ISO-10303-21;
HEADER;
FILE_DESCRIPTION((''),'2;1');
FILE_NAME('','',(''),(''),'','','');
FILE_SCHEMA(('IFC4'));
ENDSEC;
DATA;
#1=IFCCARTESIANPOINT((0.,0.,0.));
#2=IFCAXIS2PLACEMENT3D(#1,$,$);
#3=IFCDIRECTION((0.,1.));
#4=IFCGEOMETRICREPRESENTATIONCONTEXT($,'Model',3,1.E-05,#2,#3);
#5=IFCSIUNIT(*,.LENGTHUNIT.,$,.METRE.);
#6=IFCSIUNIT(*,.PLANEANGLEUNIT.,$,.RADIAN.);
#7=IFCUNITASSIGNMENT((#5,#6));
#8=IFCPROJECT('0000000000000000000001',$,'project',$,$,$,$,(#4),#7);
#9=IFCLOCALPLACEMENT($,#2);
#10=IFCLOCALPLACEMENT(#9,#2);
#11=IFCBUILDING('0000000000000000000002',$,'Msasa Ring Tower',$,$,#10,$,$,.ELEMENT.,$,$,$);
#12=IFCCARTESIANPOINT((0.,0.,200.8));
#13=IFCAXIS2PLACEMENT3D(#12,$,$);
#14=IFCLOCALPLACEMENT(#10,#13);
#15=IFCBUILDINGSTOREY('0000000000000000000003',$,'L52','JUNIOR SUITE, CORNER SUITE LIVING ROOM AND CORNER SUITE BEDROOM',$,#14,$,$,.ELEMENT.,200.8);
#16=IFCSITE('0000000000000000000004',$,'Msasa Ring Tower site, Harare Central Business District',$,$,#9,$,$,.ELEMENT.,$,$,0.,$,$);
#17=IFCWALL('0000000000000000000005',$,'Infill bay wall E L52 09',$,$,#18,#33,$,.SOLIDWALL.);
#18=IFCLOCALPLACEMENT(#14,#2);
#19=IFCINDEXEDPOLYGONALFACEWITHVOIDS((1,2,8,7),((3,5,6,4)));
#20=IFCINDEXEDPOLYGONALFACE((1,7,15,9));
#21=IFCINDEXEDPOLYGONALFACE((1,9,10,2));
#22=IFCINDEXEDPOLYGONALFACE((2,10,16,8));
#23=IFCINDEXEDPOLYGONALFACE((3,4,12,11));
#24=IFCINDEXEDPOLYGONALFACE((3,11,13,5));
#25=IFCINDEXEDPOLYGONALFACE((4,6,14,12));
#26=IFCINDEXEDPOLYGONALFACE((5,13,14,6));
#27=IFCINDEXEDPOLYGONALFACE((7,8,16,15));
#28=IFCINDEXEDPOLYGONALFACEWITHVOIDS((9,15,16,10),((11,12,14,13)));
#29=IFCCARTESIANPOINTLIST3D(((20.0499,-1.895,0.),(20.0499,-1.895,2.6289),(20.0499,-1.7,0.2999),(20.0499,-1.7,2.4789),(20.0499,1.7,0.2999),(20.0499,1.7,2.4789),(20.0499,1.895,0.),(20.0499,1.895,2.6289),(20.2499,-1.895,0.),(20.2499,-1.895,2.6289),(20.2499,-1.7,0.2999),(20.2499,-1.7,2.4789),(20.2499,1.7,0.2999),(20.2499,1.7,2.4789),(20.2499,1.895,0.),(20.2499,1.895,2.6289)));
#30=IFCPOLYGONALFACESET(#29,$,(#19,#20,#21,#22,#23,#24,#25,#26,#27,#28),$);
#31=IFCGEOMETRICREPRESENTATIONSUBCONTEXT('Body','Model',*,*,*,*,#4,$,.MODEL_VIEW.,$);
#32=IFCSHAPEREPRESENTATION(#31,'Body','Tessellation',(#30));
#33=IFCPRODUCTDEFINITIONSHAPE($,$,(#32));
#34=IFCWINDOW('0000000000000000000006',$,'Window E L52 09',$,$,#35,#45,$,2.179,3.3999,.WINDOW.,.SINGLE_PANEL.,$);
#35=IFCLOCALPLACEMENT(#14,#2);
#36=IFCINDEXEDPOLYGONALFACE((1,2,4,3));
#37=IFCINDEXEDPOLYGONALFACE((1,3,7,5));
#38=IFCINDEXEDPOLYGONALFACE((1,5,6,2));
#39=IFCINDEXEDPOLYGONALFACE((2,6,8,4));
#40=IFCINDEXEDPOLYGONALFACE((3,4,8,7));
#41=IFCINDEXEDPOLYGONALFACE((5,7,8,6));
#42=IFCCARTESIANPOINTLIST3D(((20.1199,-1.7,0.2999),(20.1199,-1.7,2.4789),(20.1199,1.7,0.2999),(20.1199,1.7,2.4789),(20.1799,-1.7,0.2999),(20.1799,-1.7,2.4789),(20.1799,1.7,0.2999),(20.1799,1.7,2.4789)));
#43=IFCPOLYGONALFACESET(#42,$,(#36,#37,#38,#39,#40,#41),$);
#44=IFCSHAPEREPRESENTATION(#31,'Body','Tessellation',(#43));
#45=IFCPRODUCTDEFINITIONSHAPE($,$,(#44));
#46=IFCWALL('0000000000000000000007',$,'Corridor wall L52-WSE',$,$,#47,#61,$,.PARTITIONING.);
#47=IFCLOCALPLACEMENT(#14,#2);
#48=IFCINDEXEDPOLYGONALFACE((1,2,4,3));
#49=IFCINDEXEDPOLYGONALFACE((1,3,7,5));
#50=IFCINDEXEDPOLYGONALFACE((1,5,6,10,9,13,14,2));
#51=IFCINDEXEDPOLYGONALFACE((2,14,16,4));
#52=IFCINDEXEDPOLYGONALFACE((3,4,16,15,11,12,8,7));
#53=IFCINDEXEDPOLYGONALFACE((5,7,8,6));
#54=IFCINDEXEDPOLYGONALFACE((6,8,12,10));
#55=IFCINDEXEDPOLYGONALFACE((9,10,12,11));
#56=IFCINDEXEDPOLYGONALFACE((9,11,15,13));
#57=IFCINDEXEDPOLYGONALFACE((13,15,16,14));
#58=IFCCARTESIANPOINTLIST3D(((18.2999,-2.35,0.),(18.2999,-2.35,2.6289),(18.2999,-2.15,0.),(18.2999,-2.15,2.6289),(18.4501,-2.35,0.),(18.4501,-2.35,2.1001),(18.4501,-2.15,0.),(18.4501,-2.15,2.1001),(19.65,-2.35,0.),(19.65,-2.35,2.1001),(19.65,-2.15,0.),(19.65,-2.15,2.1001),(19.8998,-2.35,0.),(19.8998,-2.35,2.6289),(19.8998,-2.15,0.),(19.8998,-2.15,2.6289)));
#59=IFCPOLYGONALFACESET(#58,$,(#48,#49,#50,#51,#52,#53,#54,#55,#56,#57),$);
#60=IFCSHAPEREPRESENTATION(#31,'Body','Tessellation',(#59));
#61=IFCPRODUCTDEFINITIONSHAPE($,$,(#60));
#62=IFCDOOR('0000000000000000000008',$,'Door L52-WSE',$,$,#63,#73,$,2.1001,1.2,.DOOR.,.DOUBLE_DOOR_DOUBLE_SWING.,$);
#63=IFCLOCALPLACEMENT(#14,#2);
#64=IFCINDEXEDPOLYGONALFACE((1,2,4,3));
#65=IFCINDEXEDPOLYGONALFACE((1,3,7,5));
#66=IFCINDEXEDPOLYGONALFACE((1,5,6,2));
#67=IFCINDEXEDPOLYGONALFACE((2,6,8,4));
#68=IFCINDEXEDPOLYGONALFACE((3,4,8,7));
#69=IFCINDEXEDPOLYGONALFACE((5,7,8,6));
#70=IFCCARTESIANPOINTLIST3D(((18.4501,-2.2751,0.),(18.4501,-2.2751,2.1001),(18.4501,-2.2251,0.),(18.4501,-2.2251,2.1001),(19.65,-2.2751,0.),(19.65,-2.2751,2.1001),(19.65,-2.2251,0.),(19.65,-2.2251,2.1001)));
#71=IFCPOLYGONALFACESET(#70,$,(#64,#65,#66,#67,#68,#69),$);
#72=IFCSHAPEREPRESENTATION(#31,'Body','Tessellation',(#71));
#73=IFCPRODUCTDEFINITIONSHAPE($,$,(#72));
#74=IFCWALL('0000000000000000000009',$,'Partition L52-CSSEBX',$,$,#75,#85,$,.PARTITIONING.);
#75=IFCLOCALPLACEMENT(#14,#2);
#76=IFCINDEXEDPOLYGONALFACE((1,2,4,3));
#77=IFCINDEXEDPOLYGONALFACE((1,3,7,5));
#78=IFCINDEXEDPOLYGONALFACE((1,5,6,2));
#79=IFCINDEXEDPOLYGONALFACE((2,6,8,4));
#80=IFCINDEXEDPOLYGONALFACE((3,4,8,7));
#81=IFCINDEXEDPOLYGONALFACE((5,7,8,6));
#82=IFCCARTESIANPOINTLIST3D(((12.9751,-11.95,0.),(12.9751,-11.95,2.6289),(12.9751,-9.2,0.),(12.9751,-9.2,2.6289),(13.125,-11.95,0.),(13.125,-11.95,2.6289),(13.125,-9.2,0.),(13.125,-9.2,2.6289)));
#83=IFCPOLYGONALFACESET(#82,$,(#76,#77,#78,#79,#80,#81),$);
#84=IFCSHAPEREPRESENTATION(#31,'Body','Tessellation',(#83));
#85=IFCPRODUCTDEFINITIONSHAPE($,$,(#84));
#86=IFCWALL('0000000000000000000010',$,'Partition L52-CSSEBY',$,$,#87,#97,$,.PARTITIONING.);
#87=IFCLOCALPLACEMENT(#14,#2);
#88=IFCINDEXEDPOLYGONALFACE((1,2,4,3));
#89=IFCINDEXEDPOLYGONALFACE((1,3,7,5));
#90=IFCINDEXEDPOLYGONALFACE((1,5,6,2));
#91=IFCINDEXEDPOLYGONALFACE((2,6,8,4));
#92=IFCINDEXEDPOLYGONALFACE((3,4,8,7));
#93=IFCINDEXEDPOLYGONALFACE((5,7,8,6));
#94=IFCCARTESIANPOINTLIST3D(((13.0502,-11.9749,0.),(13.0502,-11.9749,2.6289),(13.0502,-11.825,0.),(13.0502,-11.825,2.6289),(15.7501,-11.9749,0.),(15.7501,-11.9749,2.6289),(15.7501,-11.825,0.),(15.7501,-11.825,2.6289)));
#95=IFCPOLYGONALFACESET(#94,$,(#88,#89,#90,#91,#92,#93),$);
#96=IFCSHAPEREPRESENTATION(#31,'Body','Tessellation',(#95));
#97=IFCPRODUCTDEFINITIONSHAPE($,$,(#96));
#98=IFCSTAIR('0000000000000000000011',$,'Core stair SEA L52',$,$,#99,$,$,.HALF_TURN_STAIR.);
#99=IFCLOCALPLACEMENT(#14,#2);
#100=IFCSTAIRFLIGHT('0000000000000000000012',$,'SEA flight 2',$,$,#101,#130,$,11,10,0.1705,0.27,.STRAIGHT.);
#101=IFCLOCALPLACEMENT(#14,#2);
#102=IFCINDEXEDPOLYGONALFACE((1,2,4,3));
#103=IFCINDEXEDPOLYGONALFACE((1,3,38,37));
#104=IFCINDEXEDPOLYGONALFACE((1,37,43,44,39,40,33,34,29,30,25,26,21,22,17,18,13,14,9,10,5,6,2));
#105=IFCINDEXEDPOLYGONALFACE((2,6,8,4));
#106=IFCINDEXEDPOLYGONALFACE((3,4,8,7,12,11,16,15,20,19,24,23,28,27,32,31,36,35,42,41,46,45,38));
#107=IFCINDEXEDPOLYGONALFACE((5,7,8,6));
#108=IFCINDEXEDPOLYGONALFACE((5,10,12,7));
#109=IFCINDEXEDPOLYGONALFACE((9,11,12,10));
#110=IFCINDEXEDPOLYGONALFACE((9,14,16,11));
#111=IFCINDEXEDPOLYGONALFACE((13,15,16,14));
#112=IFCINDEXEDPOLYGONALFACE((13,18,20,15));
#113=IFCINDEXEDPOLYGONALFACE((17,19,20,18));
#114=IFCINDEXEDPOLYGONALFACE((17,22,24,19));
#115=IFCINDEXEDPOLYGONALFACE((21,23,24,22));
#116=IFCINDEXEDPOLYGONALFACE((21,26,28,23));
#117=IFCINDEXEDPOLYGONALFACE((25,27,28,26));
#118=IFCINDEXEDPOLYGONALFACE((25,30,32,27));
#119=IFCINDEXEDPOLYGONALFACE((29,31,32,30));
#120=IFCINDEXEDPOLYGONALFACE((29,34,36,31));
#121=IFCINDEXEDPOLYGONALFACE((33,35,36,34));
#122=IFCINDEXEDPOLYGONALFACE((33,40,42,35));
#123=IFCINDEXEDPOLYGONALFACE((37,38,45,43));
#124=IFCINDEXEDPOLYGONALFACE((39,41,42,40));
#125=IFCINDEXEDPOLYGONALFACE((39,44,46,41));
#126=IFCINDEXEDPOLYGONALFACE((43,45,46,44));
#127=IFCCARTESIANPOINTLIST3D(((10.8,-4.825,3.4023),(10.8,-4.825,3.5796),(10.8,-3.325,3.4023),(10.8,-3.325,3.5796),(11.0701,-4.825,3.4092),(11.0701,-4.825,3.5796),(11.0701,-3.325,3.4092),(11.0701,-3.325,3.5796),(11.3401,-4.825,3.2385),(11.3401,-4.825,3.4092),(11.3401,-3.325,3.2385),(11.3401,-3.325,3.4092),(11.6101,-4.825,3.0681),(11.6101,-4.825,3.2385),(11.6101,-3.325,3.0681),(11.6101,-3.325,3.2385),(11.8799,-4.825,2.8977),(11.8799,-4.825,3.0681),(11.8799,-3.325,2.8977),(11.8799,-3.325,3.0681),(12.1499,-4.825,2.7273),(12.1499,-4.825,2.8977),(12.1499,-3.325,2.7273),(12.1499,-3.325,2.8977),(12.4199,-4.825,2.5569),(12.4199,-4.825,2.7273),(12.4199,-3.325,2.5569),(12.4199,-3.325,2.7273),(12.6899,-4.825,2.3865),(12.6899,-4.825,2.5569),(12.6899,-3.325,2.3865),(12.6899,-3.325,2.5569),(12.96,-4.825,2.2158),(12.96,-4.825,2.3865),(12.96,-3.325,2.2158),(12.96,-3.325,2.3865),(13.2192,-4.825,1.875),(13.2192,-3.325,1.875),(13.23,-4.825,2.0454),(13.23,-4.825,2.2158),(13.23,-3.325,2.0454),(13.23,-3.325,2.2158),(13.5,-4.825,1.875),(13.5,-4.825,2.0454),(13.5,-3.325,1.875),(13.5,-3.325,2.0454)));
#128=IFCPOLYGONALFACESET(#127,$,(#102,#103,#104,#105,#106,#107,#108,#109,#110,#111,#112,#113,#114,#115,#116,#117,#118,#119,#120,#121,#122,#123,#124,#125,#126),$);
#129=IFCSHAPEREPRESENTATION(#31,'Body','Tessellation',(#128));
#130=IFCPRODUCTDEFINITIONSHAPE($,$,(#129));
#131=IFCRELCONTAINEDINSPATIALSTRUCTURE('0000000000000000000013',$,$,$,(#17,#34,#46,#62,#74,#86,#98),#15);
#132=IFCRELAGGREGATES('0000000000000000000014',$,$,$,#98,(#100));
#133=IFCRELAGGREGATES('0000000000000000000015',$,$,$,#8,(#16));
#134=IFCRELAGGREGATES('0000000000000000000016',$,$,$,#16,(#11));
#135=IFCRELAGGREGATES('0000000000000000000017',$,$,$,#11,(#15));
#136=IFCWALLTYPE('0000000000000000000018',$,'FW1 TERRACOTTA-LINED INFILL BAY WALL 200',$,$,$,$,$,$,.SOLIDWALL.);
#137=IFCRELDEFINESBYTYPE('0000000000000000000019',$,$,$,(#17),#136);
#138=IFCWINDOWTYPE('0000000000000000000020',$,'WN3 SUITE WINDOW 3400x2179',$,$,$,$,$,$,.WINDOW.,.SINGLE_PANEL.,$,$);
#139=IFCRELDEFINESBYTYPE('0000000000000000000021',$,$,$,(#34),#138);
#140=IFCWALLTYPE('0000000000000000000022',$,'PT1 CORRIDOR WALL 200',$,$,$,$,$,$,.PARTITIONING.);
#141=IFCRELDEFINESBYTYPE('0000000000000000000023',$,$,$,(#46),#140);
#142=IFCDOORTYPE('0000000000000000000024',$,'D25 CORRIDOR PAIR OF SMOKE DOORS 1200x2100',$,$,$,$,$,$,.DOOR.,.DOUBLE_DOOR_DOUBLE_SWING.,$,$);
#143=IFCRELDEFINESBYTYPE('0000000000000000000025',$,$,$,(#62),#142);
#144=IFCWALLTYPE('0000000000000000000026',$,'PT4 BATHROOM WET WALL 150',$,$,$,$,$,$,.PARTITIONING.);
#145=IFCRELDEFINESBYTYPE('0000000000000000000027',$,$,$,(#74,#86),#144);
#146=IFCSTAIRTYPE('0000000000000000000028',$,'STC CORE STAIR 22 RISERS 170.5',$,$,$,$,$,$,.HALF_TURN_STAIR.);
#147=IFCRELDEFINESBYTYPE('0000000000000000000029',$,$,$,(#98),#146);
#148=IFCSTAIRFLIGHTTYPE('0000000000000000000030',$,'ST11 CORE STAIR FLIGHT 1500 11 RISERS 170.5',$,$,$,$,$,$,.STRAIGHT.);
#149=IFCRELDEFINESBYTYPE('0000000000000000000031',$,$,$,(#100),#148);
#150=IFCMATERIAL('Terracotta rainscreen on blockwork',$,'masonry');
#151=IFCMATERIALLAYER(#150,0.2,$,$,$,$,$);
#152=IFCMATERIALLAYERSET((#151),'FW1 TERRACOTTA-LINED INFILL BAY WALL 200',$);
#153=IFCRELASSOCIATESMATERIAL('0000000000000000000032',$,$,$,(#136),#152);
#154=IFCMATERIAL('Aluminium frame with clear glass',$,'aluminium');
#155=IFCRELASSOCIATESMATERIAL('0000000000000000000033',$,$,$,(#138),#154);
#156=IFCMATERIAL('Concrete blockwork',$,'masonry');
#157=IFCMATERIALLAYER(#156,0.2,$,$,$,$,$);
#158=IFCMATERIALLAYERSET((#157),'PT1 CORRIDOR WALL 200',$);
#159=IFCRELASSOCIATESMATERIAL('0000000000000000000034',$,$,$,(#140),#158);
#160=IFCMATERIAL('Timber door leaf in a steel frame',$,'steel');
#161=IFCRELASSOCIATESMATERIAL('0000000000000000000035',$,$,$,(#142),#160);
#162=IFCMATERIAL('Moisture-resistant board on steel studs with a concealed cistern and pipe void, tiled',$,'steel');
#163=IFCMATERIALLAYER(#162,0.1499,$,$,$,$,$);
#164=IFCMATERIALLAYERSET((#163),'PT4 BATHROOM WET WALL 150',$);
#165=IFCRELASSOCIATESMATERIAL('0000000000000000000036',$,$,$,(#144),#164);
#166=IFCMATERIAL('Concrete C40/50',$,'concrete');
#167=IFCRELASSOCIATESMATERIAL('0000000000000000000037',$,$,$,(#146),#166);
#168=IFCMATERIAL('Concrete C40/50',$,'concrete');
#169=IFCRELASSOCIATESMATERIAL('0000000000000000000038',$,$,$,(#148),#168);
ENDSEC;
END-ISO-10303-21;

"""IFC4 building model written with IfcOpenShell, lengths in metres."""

from ifc_helpers import new_model, si_unit, direction, frame, frame_2d, origin, place, context, subcontext, project, spatial, polyline, rectangle, outline, extrude, material, layer, layer_set, type_object, element, fill, aggregate, save


model = new_model("IFC4")

# Units and contexts
model_context = context("Model", 3, precision=1e-05, world=origin(), true_north=direction((0.0, 1.0)))
body_context = subcontext(model_context, "Body", "Model", "MODEL_VIEW")
ifc_project = project(units=[si_unit("LENGTHUNIT", "METRE"), si_unit("PLANEANGLEUNIT", "RADIAN")], contexts=[model_context])

# Site, building, storey
site_placement = place(None, origin())
site = spatial("IfcSite", under=ifc_project, at=site_placement, Name="Msasa Ring Tower site, Harare Central Business District", CompositionType="ELEMENT", RefElevation=0.0)
building_placement = place(site_placement, origin())
building = spatial("IfcBuilding", under=site, at=building_placement, Name="Msasa Ring Tower", CompositionType="ELEMENT")
storey_placement = place(building_placement, frame((0.0, 0.0, 200.8)))
storey = spatial("IfcBuildingStorey", under=building, at=storey_placement, Name="L52", Description="JUNIOR SUITE, CORNER SUITE LIVING ROOM AND CORNER SUITE BEDROOM", CompositionType="ELEMENT", Elevation=200.8)

# Wall, opening, window
ifc_material_1 = material(Name="Terracotta rainscreen on blockwork", Category="masonry")
ifc_layer_1 = layer(ifc_material_1, 0.2)
ifc_layer_set_1 = layer_set([ifc_layer_1], Name="FW1 TERRACOTTA-LINED INFILL BAY WALL 200")
wall_type_1 = type_object("IfcWallType", Name="FW1 TERRACOTTA-LINED INFILL BAY WALL 200", PredefinedType="SOLIDWALL", material=ifc_layer_set_1)
ifc_material_2 = material(Name="Aluminium frame with clear glass", Category="aluminium")
window_type = type_object("IfcWindowType", Name="WN3 SUITE WINDOW 3400x2179", PartitioningType="SINGLE_PANEL", PredefinedType="WINDOW", material=ifc_material_2)
wall_1_placement = place(storey_placement, frame((20.1499, -1.895, 0.0), z_axis=(0.0, 0.0, 1.0), x_axis=(0.0, 1.0, 0.0)))
wall_1 = element("IfcWall", 1, at=wall_1_placement, inside=storey, type_object=wall_type_1, Name="Infill bay wall E L52 09", PredefinedType="SOLIDWALL", context=body_context, shape_type="SweptSolid", body=[
    extrude(rectangle(XDim=3.79, YDim=0.2, at=frame_2d((1.895, 0.0))), origin(), (0.0, 0.0, 1.0), 2.6289),
])
opening_1_placement = place(wall_1_placement, frame((0.1951, 0.0, 0.3)))
opening_1 = element("IfcOpeningElement", 2, at=opening_1_placement, cuts=wall_1, PredefinedType="OPENING", context=body_context, shape_type="SweptSolid", body=[
    extrude(rectangle(XDim=3.3999, YDim=2.179, at=frame_2d((1.7, 1.0894))), frame((0.0, 0.1099, 0.0), z_axis=(0.0, -1.0, 0.0), x_axis=(1.0, 0.0, 0.0)), (0.0, 0.0, 1.0), 0.22),
])
window_1_placement = place(opening_1_placement, origin())
window_1 = element("IfcWindow", 3, at=window_1_placement, inside=storey, type_object=window_type, Name="Window E L52 09", OverallHeight=2.179, OverallWidth=3.3999, PartitioningType="SINGLE_PANEL", PredefinedType="WINDOW", context=body_context, shape_type="SweptSolid", body=[
    extrude(rectangle(XDim=3.3999, YDim=2.179, at=frame_2d((1.7, 1.0894))), frame((0.0, 0.03, 0.0), z_axis=(0.0, -1.0, 0.0), x_axis=(1.0, 0.0, 0.0)), (0.0, 0.0, 1.0), 0.0601),
])
fill(opening_1, window_1)

# Wall, opening, door
ifc_material_3 = material(Name="Concrete blockwork", Category="masonry")
ifc_layer_2 = layer(ifc_material_3, 0.2)
ifc_layer_set_2 = layer_set([ifc_layer_2], Name="PT1 CORRIDOR WALL 200")
wall_type_2 = type_object("IfcWallType", Name="PT1 CORRIDOR WALL 200", PredefinedType="PARTITIONING", material=ifc_layer_set_2)
wall_2_placement = place(storey_placement, frame((18.3, -2.25, 0.0), z_axis=(0.0, 0.0, 1.0), x_axis=(1.0, 0.0, 0.0)))
wall_2 = element("IfcWall", 4, at=wall_2_placement, inside=storey, type_object=wall_type_2, Name="Corridor wall L52-WSE", PredefinedType="PARTITIONING", context=body_context, shape_type="SweptSolid", body=[
    extrude(rectangle(XDim=1.5999, YDim=0.2, at=frame_2d((0.7998, 0.0))), origin(), (0.0, 0.0, 1.0), 2.6289),
])
opening_2_placement = place(wall_2_placement, frame((0.1499, 0.0, 0.0)))
opening_2 = element("IfcOpeningElement", 5, at=opening_2_placement, cuts=wall_2, PredefinedType="OPENING", context=body_context, shape_type="SweptSolid", body=[
    extrude(rectangle(XDim=1.2, YDim=2.1001, at=frame_2d((0.6001, 1.05))), frame((0.0, 0.1099, 0.0), z_axis=(0.0, -1.0, 0.0), x_axis=(1.0, 0.0, 0.0)), (0.0, 0.0, 1.0), 0.22),
])
ifc_material_4 = material(Name="Timber door leaf in a steel frame", Category="steel")
door_type_1 = type_object("IfcDoorType", Name="D25 CORRIDOR PAIR OF SMOKE DOORS 1200x2100", OperationType="DOUBLE_DOOR_DOUBLE_SWING", PredefinedType="DOOR", material=ifc_material_4)
door_1_placement = place(opening_2_placement, origin())
door_1 = element("IfcDoor", 6, at=door_1_placement, inside=storey, type_object=door_type_1, Name="Door L52-WSE", OperationType="DOUBLE_DOOR_DOUBLE_SWING", OverallHeight=2.1001, OverallWidth=1.2, PredefinedType="DOOR", context=body_context, shape_type="SweptSolid", body=[
    extrude(rectangle(XDim=1.2, YDim=2.1001, at=frame_2d((0.6001, 1.05))), frame((0.0, 0.0249, 0.0), z_axis=(0.0, -1.0, 0.0), x_axis=(1.0, 0.0, 0.0)), (0.0, 0.0, 1.0), 0.05),
])
fill(opening_2, door_1)

# Walls
ifc_material_5 = material(Name="Moisture-resistant board on steel studs with a concealed cistern and pipe void, tiled", Category="steel")
ifc_layer_3 = layer(ifc_material_5, 0.1499)
ifc_layer_set_3 = layer_set([ifc_layer_3], Name="PT4 BATHROOM WET WALL 150")
wall_type_3 = type_object("IfcWallType", Name="PT4 BATHROOM WET WALL 150", PredefinedType="PARTITIONING", material=ifc_layer_set_3)
wall_3_placement = place(storey_placement, frame((13.05, -11.95, 0.0), z_axis=(0.0, 0.0, 1.0), x_axis=(0.0, 1.0, 0.0)))
element("IfcWall", 7, at=wall_3_placement, inside=storey, type_object=wall_type_3, Name="Partition L52-CSSEBX", PredefinedType="PARTITIONING", context=body_context, shape_type="SweptSolid", body=[
    extrude(rectangle(XDim=2.75, YDim=0.1499, at=frame_2d((1.375, 0.0))), origin(), (0.0, 0.0, 1.0), 2.6289),
])
wall_4_placement = place(storey_placement, frame((13.05, -11.8999, 0.0), z_axis=(0.0, 0.0, 1.0), x_axis=(1.0, 0.0, 0.0)))
element("IfcWall", 8, at=wall_4_placement, inside=storey, type_object=wall_type_3, Name="Partition L52-CSSEBY", PredefinedType="PARTITIONING", context=body_context, shape_type="SweptSolid", body=[
    extrude(rectangle(XDim=2.7, YDim=0.1499, at=frame_2d((1.3501, 0.0))), origin(), (0.0, 0.0, 1.0), 2.6289),
])

# Stair, stair flight
ifc_material_6 = material(Name="Concrete C40/50", Category="concrete")
stair_type = type_object("IfcStairType", Name="STC CORE STAIR 22 RISERS 170.5", PredefinedType="HALF_TURN_STAIR", material=ifc_material_6)
stair_placement = place(storey_placement, origin())
stair = element("IfcStair", 9, at=stair_placement, inside=storey, type_object=stair_type, Name="Core stair SEA L52", PredefinedType="HALF_TURN_STAIR")
ifc_material_7 = material(Name="Concrete C40/50", Category="concrete")
stair_flight_type = type_object("IfcStairFlightType", Name="ST11 CORE STAIR FLIGHT 1500 11 RISERS 170.5", PredefinedType="STRAIGHT", material=ifc_material_7)
stair_flight_placement = place(storey_placement, frame((13.5, -4.075, 1.875), z_axis=(0.0, 0.0, 1.0), x_axis=(-1.0, 0.0, 0.0)))
stair_flight = element("IfcStairFlight", 10, at=stair_flight_placement, type_object=stair_flight_type, Name="SEA flight 2", NumberOfRisers=11, NumberOfTreads=10, PredefinedType="STRAIGHT", RiserHeight=0.1705, TreadLength=0.27, context=body_context, shape_type="SweptSolid", body=[
    extrude(outline(polyline([(0.0, 0.0), (0.0, 0.1704), (0.27, 0.1704), (0.27, 0.3408), (0.54, 0.3408), (0.54, 0.5115), (0.8101, 0.5115), (0.8101, 0.6819), (1.0801, 0.6819), (1.0801, 0.8523), (1.3501, 0.8523), (1.3501, 1.0227), (1.6201, 1.0227), (1.6201, 1.1931), (1.8899, 1.1931), (1.8899, 1.3635), (2.1599, 1.3635), (2.1599, 1.5342), (2.4299, 1.5342), (2.4299, 1.7046), (2.7, 1.7046), (2.7, 1.875), (2.7, 1.5273), (0.2808, 0.0), (0.0, 0.0)])), frame((0.0, 0.75, 0.0), z_axis=(0.0, -1.0, 0.0), x_axis=(1.0, 0.0, 0.0)), (0.0, 0.0, 1.0), 1.5),
])
aggregate(stair, [stair_flight])

save(model, "model.ifc")
